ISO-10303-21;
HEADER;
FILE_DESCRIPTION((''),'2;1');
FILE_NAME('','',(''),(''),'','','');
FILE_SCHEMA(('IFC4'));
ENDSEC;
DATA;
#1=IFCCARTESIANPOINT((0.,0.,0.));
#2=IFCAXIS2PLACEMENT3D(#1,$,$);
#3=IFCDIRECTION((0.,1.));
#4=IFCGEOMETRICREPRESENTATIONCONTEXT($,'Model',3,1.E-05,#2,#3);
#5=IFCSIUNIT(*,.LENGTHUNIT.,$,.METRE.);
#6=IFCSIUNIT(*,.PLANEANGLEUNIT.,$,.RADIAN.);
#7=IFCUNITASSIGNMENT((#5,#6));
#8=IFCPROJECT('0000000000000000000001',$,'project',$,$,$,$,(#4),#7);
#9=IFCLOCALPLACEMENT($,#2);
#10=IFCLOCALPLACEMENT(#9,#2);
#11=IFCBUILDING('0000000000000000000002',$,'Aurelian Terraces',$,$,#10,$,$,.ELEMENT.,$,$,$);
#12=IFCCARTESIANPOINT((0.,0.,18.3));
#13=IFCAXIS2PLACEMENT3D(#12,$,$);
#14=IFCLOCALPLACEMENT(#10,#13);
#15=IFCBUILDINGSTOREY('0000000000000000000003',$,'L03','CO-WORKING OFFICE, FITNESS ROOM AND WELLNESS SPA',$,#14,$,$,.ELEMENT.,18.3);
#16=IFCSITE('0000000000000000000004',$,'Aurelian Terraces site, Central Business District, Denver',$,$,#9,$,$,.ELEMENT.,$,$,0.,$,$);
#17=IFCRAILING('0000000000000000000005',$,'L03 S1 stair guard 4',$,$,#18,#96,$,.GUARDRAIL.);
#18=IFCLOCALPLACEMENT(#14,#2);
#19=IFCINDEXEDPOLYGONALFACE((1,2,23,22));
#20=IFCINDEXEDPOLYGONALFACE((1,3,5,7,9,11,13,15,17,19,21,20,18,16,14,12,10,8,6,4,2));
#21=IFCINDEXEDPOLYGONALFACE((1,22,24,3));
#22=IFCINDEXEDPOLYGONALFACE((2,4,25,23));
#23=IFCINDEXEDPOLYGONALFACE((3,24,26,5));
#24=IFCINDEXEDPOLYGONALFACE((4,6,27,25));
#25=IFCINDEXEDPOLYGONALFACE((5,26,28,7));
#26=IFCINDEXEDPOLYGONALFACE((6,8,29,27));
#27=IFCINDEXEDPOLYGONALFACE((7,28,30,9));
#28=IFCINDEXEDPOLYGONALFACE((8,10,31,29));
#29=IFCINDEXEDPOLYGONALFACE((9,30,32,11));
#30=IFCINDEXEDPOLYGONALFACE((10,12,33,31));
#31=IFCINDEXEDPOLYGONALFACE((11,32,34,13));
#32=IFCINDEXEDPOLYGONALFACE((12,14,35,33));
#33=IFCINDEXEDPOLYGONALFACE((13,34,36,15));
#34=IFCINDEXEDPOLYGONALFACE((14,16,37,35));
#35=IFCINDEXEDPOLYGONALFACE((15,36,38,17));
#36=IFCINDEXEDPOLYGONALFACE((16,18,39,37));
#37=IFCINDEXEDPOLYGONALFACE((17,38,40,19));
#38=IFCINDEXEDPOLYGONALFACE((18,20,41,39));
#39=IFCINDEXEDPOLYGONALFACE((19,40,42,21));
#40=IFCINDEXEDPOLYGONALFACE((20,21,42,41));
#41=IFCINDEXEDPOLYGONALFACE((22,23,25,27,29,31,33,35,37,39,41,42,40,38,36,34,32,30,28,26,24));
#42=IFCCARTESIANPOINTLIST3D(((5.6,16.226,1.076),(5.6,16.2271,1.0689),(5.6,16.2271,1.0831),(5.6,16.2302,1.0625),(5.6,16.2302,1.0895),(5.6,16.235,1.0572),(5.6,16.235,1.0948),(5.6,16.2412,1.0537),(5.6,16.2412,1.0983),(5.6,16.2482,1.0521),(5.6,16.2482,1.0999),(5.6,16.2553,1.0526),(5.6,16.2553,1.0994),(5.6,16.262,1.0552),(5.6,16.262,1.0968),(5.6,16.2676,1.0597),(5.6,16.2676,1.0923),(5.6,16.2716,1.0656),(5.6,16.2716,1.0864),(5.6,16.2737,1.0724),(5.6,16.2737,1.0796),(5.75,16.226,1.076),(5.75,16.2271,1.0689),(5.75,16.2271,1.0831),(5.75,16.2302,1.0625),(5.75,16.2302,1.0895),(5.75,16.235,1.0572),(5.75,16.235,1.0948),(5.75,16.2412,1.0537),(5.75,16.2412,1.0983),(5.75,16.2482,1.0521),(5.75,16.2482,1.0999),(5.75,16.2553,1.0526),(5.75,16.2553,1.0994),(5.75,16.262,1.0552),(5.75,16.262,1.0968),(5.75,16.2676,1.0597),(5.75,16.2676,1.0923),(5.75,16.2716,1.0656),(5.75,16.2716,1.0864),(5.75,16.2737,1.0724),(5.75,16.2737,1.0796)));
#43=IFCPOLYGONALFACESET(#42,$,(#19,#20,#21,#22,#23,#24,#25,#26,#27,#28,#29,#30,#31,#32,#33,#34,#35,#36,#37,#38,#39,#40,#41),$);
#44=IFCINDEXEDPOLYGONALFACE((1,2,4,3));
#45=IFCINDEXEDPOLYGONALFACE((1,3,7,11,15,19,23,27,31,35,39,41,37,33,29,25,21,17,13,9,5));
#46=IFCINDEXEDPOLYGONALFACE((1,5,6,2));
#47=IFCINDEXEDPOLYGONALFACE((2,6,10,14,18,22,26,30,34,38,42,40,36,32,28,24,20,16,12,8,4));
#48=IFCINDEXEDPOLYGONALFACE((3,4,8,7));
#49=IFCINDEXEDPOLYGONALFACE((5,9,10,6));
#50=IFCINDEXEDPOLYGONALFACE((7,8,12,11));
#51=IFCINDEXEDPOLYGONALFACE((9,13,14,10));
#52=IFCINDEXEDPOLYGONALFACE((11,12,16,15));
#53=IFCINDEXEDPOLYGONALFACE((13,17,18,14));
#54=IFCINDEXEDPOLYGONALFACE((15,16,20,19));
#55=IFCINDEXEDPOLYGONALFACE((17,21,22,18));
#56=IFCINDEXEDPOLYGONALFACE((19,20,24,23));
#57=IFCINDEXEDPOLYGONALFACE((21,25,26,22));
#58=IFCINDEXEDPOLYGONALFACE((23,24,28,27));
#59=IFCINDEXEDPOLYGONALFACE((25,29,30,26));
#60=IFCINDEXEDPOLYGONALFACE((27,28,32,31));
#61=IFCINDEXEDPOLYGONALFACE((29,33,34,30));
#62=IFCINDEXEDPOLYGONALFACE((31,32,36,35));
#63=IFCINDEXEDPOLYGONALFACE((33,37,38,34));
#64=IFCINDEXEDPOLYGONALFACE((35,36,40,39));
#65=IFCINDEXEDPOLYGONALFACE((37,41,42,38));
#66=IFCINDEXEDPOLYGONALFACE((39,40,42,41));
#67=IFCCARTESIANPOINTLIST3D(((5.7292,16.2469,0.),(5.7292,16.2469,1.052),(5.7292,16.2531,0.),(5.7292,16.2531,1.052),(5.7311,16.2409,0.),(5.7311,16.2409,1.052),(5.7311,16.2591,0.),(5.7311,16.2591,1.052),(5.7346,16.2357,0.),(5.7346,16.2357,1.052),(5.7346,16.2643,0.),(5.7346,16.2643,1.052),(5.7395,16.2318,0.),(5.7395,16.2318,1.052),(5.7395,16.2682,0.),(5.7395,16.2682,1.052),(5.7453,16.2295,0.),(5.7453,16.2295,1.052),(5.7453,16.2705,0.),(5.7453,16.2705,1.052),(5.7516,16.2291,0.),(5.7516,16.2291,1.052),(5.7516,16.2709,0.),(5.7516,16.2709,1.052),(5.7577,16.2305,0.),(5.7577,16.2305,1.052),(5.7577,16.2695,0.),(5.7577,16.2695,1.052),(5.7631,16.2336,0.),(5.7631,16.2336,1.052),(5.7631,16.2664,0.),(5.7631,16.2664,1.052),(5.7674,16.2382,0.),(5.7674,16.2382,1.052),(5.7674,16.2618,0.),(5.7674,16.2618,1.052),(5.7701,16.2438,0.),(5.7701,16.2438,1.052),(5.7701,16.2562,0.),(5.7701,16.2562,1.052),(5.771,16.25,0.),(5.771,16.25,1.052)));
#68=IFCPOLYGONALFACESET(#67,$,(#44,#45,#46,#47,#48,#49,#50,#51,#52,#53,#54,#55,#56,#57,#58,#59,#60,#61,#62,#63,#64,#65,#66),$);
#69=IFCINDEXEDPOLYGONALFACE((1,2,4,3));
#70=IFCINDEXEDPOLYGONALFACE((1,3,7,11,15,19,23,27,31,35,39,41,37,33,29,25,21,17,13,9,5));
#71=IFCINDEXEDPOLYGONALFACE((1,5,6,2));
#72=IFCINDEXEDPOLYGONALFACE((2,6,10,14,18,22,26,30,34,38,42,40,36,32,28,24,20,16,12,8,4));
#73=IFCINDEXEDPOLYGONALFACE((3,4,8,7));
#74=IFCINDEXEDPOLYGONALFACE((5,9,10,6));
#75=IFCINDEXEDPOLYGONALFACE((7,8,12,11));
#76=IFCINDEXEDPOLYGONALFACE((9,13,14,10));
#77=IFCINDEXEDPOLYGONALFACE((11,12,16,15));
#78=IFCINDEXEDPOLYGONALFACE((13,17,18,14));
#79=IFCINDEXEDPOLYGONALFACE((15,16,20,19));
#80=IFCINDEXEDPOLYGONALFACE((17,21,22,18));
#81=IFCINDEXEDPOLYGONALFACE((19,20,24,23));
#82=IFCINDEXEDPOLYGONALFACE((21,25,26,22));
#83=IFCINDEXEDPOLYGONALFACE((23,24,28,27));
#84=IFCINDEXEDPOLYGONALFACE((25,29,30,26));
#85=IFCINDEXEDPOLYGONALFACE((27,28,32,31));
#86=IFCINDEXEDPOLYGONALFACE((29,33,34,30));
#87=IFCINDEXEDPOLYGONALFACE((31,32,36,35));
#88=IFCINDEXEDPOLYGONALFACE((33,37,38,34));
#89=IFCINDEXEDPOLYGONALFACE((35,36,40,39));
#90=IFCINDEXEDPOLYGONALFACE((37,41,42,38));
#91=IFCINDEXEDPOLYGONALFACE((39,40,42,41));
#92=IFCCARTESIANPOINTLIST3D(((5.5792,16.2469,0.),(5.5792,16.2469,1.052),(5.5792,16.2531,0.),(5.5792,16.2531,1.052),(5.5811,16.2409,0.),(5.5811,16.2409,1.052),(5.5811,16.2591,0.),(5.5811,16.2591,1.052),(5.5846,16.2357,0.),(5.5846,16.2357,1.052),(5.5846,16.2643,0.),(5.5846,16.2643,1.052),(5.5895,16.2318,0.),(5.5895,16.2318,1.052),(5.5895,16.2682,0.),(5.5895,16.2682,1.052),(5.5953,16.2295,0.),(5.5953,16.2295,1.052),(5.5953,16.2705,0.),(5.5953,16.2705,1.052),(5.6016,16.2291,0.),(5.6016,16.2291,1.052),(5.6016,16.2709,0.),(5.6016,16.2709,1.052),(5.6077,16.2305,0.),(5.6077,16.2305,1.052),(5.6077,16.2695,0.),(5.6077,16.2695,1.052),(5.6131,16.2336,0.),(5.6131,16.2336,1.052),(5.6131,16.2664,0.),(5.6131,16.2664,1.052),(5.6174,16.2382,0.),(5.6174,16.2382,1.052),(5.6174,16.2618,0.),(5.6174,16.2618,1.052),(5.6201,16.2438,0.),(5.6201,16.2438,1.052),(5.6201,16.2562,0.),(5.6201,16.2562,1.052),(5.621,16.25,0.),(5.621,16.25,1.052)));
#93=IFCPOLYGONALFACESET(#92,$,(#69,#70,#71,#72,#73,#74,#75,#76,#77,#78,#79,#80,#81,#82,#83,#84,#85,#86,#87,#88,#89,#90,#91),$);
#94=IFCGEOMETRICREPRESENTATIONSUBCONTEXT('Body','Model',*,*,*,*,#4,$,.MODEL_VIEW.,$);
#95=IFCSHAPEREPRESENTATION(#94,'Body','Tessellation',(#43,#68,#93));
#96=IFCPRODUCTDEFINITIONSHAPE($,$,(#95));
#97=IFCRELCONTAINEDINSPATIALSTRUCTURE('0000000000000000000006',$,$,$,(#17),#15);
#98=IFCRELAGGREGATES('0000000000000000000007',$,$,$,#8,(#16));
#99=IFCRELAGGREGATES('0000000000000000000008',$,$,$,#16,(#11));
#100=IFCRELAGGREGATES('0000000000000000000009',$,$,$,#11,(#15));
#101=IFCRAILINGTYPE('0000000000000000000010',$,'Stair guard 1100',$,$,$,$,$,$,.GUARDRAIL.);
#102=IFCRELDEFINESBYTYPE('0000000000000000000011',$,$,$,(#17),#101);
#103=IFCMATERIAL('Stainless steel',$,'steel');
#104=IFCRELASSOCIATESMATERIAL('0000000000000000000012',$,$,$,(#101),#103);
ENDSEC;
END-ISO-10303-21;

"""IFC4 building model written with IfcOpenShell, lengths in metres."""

from ifc_helpers import new_model, si_unit, direction, frame, origin, origin_2d, place, context, subcontext, project, spatial, circle, extrude, source, transform, mapped, material, type_object, element, save


model = new_model("IFC4")

# Units and contexts
model_context = context("Model", 3, precision=1e-05, world=origin(), true_north=direction((0.0, 1.0)))
body_context = subcontext(model_context, "Body", "Model", "MODEL_VIEW")
ifc_project = project(units=[si_unit("LENGTHUNIT", "METRE"), si_unit("PLANEANGLEUNIT", "RADIAN")], contexts=[model_context])

# Site, building, storey
site_placement = place(None, origin())
site = spatial("IfcSite", under=ifc_project, at=site_placement, Name="Aurelian Terraces site, Central Business District, Denver", CompositionType="ELEMENT", RefElevation=0.0)
building_placement = place(site_placement, origin())
building = spatial("IfcBuilding", under=site, at=building_placement, Name="Aurelian Terraces", CompositionType="ELEMENT")
storey_placement = place(building_placement, frame((0.0, 0.0, 18.3)))
storey = spatial("IfcBuildingStorey", under=building, at=storey_placement, Name="L03", Description="CO-WORKING OFFICE, FITNESS ROOM AND WELLNESS SPA", CompositionType="ELEMENT", Elevation=18.3)

# Railing
ifc_material_1 = material(Name="Stainless steel", Category="steel")
railing_type_1 = type_object("IfcRailingType", Name="Stair guard 1100", PredefinedType="GUARDRAIL", material=ifc_material_1)
shared_shape_1 = source(origin(), body_context, "Body", "SweptSolid", [
    extrude(circle(Radius=0.024, at=origin_2d()), frame((0.0, 0.0, 1.076), z_axis=(-1.0, 0.0, 0.0), x_axis=(0.0, -1.0, 0.0)), (0.0, 0.0, 1.0), 0.15),
    extrude(circle(Radius=0.021, at=origin_2d()), origin(), (0.0, 0.0, 1.0), 1.052),
    extrude(circle(Radius=0.021, at=origin_2d()), frame((-0.15, 0.0, 0.0)), (0.0, 0.0, 1.0), 1.052),
])
for number, where, name in (
    (1, (5.75, 16.25, 0.0), "L03 S1 stair guard 4"),
):
    element("IfcRailing", number, at=place(storey_placement, frame(where)), inside=storey, type_object=railing_type_1, Name=name, PredefinedType="GUARDRAIL", context=body_context, shape_type="MappedRepresentation", body=[
        mapped(shared_shape_1, transform((0.0, 0.0, 0.0), scale=1.0)),
    ])

save(model, "model.ifc")
